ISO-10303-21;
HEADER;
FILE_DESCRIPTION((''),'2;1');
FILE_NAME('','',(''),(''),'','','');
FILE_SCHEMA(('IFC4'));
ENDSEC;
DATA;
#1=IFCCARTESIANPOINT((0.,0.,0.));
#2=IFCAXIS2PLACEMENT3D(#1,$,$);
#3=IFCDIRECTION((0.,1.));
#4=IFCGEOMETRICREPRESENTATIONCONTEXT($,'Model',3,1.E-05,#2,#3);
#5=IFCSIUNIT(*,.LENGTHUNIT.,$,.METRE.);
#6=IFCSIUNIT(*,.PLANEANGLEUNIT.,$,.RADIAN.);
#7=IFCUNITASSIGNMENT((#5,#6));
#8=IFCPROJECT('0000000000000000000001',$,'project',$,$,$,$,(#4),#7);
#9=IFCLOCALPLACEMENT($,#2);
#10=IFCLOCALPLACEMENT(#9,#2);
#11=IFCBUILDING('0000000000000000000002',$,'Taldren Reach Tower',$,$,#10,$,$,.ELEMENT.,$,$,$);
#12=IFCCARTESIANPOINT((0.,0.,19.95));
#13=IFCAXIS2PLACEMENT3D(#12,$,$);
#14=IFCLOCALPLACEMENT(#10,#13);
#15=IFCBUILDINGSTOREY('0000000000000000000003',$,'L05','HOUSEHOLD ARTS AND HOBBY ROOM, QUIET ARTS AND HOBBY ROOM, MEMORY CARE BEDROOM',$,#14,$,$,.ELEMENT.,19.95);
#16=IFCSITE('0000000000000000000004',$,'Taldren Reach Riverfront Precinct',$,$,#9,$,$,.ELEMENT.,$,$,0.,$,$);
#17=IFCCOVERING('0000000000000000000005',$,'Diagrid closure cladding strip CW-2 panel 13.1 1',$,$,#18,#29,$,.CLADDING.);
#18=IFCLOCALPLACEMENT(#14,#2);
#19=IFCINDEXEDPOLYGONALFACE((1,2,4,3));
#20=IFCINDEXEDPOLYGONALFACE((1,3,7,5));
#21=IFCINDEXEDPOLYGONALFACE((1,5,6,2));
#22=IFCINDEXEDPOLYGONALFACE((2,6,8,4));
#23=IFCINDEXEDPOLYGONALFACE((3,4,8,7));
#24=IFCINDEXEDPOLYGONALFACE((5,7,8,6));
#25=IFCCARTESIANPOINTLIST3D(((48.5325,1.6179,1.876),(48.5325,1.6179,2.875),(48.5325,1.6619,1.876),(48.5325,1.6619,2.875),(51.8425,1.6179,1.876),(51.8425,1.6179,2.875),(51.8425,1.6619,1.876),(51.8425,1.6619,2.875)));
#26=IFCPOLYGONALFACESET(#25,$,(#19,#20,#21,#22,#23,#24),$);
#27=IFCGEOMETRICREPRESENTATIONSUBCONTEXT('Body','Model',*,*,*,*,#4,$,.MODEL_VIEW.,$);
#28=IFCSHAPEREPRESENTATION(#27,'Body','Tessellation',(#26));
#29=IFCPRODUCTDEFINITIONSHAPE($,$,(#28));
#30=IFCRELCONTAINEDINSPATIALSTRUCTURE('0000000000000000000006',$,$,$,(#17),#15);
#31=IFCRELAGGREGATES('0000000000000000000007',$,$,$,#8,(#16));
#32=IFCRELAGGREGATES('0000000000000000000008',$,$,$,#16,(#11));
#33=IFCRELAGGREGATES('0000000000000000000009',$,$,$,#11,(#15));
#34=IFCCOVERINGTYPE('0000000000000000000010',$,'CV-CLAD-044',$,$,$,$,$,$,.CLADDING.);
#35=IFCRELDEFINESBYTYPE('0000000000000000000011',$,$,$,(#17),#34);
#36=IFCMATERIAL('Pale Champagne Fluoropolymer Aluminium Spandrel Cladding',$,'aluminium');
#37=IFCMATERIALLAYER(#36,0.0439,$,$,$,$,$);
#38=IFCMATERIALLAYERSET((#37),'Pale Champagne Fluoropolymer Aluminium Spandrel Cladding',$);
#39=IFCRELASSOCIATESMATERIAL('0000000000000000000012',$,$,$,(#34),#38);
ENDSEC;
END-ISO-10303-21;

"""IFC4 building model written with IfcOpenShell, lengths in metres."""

from ifc_helpers import new_model, si_unit, direction, frame, origin, origin_2d, place, context, subcontext, project, spatial, rectangle, extrude, source, transform, mapped, material, layer, layer_set, type_object, element, save


model = new_model("IFC4")

# Units and contexts
model_context = context("Model", 3, precision=1e-05, world=origin(), true_north=direction((0.0, 1.0)))
body_context = subcontext(model_context, "Body", "Model", "MODEL_VIEW")
ifc_project = project(units=[si_unit("LENGTHUNIT", "METRE"), si_unit("PLANEANGLEUNIT", "RADIAN")], contexts=[model_context])

# Site, building, storey
site_placement = place(None, origin())
site = spatial("IfcSite", under=ifc_project, at=site_placement, Name="Taldren Reach Riverfront Precinct", CompositionType="ELEMENT", RefElevation=0.0)
building_placement = place(site_placement, origin())
building = spatial("IfcBuilding", under=site, at=building_placement, Name="Taldren Reach Tower", CompositionType="ELEMENT")
storey_placement = place(building_placement, frame((0.0, 0.0, 19.95)))
storey = spatial("IfcBuildingStorey", under=building, at=storey_placement, Name="L05", Description="HOUSEHOLD ARTS AND HOBBY ROOM, QUIET ARTS AND HOBBY ROOM, MEMORY CARE BEDROOM", CompositionType="ELEMENT", Elevation=19.95)

# Covering
ifc_material_1 = material(Name="Pale Champagne Fluoropolymer Aluminium Spandrel Cladding", Category="aluminium")
ifc_layer_1 = layer(ifc_material_1, 0.0439)
ifc_layer_set_1 = layer_set([ifc_layer_1], Name="Pale Champagne Fluoropolymer Aluminium Spandrel Cladding")
covering_type = type_object("IfcCoveringType", Name="CV-CLAD-044", PredefinedType="CLADDING", material=ifc_layer_set_1)
shared_shape_1 = source(origin(), body_context, "Body", "SweptSolid", [
    extrude(rectangle(XDim=3.3101, YDim=0.0439, at=origin_2d()), origin(), (0.0, 0.0, 1.0), 0.999),
])
covering_1_placement = place(storey_placement, frame((50.1875, 1.6399, 1.876), z_axis=(0.0, 0.0, 1.0), x_axis=(1.0, 0.0, 0.0)))
element("IfcCovering", 1, at=covering_1_placement, inside=storey, type_object=covering_type, Name="Diagrid closure cladding strip CW-2 panel 13.1 1", PredefinedType="CLADDING", context=body_context, shape_type="MappedRepresentation", body=[
    mapped(shared_shape_1, transform((0.0, 0.0, 0.0), scale=1.0)),
])

save(model, "model.ifc")
